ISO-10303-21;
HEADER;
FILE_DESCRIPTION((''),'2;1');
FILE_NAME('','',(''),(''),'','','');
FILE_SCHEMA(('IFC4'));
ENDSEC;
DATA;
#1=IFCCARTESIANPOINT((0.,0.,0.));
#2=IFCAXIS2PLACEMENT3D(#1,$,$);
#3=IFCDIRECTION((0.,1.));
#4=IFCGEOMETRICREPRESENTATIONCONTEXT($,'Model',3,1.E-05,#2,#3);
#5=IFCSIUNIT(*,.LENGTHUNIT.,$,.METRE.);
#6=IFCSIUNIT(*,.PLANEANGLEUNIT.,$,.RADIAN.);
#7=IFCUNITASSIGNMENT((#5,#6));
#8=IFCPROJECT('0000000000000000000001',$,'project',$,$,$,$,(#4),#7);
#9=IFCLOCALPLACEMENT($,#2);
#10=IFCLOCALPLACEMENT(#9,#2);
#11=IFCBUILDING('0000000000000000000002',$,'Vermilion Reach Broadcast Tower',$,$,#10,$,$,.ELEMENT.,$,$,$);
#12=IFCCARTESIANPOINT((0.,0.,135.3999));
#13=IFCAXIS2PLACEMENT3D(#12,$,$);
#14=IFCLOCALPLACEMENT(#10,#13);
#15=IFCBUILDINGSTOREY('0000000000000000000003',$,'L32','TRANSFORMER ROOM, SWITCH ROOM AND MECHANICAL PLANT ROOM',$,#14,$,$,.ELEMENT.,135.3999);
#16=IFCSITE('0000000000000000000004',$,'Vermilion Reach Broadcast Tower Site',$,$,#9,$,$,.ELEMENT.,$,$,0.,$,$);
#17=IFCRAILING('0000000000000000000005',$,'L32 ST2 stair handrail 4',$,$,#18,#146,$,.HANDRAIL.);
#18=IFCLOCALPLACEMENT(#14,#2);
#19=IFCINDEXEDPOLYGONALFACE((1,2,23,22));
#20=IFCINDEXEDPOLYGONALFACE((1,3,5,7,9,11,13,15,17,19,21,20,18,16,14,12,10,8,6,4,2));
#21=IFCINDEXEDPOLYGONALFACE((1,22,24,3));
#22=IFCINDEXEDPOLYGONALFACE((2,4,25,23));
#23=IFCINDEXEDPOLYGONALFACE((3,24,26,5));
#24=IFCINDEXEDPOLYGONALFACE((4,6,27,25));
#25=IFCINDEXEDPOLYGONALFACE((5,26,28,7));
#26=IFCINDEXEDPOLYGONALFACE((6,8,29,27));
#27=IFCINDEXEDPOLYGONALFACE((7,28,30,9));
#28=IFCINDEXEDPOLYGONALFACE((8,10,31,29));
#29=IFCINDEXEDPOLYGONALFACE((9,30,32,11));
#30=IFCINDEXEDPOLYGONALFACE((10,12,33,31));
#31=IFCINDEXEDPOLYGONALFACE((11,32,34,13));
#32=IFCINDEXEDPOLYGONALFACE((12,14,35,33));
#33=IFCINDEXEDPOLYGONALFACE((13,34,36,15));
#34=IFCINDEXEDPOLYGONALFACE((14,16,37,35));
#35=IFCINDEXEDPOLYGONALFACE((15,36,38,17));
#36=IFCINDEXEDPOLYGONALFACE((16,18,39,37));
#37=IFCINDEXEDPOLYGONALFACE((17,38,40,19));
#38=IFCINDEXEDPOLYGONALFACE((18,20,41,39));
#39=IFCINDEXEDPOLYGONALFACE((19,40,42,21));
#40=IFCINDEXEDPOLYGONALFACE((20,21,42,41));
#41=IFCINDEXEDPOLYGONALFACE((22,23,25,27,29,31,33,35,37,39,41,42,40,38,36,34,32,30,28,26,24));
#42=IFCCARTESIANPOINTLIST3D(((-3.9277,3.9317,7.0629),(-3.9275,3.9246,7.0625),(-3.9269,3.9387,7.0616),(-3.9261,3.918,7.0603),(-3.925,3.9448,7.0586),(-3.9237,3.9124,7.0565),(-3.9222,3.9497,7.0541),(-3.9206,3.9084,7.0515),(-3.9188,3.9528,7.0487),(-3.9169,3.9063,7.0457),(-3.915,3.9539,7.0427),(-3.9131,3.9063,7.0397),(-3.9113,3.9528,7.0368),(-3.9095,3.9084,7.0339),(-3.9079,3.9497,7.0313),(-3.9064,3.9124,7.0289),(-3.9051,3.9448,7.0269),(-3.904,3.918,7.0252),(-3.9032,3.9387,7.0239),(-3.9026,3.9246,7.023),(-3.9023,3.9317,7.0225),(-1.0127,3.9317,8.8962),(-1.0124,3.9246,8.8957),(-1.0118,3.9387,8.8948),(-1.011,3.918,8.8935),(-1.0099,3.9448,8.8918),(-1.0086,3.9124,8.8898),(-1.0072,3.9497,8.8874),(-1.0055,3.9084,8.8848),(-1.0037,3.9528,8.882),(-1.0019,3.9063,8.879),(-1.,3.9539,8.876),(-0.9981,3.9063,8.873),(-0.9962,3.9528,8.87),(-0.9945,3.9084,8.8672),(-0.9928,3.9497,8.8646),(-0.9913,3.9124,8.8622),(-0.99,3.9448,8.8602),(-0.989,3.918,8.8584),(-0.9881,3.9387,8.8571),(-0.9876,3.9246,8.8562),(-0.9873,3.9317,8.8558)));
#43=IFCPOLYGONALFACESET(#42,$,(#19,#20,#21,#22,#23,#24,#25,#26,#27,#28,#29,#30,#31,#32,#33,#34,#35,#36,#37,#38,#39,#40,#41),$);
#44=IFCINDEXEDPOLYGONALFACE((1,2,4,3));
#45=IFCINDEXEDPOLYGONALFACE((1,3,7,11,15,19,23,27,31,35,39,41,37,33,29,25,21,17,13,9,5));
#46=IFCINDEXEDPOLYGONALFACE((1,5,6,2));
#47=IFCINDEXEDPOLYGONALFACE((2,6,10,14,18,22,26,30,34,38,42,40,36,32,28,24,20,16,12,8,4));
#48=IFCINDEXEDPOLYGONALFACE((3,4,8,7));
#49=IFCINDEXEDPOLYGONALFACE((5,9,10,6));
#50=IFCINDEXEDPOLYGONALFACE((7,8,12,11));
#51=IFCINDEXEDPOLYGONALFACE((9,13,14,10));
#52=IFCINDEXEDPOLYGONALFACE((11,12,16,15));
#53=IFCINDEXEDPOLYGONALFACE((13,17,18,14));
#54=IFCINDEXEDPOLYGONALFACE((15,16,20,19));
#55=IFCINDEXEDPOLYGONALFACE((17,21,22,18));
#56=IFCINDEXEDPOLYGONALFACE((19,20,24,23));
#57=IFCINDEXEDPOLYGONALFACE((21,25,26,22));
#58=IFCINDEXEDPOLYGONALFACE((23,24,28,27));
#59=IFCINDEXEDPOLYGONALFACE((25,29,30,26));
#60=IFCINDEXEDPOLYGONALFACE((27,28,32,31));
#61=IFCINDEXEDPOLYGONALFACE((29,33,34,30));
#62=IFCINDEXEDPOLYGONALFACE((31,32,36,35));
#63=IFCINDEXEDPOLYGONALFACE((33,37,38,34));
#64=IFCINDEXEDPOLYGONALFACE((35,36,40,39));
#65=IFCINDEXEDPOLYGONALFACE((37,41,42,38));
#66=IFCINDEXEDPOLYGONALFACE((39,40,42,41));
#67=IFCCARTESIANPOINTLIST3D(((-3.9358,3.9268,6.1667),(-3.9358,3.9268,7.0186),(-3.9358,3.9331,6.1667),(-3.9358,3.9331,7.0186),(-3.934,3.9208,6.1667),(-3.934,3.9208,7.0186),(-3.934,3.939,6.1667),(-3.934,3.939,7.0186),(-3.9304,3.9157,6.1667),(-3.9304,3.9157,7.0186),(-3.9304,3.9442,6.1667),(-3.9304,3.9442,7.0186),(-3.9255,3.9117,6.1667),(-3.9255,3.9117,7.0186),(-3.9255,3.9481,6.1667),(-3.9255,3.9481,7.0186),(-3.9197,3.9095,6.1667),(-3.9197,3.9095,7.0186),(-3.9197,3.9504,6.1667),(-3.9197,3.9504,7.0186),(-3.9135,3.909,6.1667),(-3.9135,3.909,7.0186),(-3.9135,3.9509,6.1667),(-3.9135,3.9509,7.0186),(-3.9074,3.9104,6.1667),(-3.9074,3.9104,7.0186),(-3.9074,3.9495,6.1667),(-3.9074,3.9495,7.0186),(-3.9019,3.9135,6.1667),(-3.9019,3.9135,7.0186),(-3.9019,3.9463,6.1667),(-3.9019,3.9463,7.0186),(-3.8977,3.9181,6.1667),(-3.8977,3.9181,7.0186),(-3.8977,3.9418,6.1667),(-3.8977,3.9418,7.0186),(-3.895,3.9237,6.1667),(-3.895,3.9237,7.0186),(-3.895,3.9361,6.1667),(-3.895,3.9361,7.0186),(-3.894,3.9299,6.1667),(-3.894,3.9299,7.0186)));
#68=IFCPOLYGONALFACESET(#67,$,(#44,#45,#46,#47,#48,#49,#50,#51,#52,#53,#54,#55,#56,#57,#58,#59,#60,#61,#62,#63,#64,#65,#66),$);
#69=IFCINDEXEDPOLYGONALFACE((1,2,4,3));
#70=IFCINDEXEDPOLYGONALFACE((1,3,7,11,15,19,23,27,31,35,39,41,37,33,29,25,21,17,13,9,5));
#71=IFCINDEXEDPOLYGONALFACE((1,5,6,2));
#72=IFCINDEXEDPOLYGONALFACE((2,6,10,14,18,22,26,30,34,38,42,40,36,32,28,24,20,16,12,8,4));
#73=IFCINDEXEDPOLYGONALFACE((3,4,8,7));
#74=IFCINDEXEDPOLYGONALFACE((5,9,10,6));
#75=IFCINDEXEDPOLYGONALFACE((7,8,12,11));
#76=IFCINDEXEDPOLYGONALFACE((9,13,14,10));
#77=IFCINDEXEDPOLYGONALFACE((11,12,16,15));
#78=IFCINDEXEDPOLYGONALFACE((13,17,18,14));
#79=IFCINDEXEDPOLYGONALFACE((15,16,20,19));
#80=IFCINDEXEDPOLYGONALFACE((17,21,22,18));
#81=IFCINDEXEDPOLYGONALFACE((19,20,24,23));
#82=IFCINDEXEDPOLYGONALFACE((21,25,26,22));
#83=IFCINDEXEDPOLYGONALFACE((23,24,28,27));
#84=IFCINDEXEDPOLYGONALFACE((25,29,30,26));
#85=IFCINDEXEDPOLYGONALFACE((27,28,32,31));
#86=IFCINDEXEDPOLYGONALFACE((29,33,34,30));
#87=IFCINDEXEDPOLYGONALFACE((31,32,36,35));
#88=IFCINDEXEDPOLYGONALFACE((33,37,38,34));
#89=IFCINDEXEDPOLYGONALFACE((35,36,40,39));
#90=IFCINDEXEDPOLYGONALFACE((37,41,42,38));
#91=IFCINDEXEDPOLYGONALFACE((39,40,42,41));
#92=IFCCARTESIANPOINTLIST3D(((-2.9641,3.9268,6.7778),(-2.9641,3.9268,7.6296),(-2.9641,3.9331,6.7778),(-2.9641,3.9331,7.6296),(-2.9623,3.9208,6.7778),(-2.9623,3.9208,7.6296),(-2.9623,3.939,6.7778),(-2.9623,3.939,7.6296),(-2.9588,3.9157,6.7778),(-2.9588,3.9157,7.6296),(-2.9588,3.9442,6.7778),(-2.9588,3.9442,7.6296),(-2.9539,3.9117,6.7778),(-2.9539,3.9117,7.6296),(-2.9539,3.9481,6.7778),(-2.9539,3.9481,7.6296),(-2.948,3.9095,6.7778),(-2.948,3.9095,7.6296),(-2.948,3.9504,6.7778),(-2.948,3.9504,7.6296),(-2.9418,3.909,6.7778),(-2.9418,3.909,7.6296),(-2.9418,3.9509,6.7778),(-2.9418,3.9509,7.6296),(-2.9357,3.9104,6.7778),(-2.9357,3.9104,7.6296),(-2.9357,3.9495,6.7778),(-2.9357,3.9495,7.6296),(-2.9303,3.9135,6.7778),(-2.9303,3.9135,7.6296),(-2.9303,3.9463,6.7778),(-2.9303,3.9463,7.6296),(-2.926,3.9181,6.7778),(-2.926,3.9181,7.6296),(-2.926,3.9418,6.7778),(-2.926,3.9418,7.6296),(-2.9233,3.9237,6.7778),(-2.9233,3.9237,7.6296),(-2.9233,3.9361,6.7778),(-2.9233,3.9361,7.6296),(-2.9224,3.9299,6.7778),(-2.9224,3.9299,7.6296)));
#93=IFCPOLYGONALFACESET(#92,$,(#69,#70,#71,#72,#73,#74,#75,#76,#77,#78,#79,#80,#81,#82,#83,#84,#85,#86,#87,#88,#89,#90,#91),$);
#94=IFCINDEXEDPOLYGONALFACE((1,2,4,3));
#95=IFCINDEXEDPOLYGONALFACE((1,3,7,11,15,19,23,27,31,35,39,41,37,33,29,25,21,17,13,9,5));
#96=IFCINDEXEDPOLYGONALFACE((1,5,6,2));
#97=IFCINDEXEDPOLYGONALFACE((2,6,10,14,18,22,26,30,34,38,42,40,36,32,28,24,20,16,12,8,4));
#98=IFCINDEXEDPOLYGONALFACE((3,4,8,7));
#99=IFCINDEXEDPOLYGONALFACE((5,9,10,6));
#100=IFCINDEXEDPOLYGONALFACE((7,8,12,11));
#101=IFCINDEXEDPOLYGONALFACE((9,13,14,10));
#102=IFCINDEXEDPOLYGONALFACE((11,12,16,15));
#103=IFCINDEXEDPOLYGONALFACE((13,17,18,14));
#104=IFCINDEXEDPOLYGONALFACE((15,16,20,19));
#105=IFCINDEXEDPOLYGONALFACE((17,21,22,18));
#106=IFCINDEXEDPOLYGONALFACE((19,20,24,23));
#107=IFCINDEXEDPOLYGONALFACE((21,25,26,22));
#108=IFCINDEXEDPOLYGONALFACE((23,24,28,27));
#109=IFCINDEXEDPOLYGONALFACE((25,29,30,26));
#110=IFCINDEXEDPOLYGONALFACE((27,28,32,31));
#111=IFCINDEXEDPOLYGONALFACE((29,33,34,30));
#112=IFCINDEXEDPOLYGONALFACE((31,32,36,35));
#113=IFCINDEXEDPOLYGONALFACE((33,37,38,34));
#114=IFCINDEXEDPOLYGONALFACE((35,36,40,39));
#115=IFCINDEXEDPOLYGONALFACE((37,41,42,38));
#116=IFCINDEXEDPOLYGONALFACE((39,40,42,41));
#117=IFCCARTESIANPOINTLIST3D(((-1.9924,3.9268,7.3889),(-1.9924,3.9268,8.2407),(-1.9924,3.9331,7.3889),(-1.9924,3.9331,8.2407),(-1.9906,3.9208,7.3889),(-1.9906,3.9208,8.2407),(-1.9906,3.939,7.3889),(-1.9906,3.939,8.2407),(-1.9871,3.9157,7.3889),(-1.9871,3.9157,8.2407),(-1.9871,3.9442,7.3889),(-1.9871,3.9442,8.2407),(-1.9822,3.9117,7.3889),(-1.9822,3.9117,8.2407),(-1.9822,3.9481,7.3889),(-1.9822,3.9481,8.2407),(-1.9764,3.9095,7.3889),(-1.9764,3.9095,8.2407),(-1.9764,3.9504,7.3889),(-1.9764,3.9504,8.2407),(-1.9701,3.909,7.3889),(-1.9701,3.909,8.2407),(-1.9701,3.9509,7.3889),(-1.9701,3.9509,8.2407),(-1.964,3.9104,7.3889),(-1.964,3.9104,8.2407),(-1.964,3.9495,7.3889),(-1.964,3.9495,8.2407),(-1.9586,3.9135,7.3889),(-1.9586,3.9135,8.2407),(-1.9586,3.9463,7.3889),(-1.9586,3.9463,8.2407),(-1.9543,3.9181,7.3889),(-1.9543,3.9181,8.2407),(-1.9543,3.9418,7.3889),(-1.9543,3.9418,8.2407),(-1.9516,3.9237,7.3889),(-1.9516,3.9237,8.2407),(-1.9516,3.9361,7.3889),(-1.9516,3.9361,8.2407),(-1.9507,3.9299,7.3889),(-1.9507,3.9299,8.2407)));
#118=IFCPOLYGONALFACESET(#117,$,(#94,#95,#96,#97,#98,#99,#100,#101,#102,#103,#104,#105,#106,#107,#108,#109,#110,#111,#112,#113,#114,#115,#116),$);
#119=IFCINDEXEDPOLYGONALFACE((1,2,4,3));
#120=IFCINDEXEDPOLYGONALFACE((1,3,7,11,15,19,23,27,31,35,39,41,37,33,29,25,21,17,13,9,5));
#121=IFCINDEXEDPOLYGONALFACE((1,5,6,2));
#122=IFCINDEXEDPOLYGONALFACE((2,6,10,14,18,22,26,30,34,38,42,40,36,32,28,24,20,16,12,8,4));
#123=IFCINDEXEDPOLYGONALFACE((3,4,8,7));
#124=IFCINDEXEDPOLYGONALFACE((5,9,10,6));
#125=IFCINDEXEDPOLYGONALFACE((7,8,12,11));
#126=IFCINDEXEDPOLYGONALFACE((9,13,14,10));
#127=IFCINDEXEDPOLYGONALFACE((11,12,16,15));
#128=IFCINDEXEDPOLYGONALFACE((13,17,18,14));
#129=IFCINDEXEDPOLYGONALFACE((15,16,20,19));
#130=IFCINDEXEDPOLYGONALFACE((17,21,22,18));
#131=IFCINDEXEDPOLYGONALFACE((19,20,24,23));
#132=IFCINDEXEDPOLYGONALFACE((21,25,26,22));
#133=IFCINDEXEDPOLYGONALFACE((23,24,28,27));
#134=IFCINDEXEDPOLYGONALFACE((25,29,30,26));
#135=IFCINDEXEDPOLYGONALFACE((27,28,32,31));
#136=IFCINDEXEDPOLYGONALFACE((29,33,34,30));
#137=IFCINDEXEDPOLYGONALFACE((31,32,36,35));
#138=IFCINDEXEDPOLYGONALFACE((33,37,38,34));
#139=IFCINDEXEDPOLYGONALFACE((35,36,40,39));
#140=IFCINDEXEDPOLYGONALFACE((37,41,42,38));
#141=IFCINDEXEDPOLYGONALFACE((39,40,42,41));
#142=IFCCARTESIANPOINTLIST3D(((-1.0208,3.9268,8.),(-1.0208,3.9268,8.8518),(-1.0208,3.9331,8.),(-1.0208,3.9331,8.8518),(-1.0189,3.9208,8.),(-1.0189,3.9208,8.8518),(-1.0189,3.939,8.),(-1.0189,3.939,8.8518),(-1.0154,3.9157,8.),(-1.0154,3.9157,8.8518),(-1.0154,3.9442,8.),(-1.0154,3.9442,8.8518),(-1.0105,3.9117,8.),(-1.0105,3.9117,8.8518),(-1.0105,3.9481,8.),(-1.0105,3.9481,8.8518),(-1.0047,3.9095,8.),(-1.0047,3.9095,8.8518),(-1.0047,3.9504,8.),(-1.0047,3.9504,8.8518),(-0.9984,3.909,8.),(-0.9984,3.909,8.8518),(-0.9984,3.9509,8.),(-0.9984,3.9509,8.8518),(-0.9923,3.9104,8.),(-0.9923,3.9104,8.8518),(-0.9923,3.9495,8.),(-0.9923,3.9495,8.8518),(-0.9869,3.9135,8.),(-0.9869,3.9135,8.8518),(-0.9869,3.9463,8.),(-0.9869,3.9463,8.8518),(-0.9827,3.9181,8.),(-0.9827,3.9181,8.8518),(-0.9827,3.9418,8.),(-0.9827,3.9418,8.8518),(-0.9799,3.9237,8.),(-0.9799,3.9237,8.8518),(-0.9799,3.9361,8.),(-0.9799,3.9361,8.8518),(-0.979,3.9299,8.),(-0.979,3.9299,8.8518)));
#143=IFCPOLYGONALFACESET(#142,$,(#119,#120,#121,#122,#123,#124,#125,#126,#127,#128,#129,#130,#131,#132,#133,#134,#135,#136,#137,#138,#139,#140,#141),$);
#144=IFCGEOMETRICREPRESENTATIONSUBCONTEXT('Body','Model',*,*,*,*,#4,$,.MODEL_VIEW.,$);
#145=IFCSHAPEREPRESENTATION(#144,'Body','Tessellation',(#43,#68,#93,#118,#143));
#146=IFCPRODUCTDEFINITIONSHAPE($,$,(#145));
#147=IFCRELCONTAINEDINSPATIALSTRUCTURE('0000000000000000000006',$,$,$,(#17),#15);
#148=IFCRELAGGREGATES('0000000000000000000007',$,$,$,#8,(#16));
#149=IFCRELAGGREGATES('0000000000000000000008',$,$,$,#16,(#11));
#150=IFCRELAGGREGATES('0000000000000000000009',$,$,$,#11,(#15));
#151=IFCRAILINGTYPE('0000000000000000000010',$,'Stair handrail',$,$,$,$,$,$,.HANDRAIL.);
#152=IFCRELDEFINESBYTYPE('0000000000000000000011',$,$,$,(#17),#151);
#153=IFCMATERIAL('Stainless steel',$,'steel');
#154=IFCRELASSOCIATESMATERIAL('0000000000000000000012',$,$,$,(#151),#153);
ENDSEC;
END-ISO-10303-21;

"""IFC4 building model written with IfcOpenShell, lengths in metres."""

from ifc_helpers import new_model, si_unit, direction, frame, origin, origin_2d, place, context, subcontext, project, spatial, circle, extrude, material, type_object, element, save


model = new_model("IFC4")

# Units and contexts
model_context = context("Model", 3, precision=1e-05, world=origin(), true_north=direction((0.0, 1.0)))
body_context = subcontext(model_context, "Body", "Model", "MODEL_VIEW")
ifc_project = project(units=[si_unit("LENGTHUNIT", "METRE"), si_unit("PLANEANGLEUNIT", "RADIAN")], contexts=[model_context])

# Site, building, storey
site_placement = place(None, origin())
site = spatial("IfcSite", under=ifc_project, at=site_placement, Name="Vermilion Reach Broadcast Tower Site", CompositionType="ELEMENT", RefElevation=0.0)
building_placement = place(site_placement, origin())
building = spatial("IfcBuilding", under=site, at=building_placement, Name="Vermilion Reach Broadcast Tower", CompositionType="ELEMENT")
storey_placement = place(building_placement, frame((0.0, 0.0, 135.3999)))
storey = spatial("IfcBuildingStorey", under=building, at=storey_placement, Name="L32", Description="TRANSFORMER ROOM, SWITCH ROOM AND MECHANICAL PLANT ROOM", CompositionType="ELEMENT", Elevation=135.3999)

# Railing
ifc_material_1 = material(Name="Stainless steel", Category="steel")
railing_type_1 = type_object("IfcRailingType", Name="Stair handrail", PredefinedType="HANDRAIL", material=ifc_material_1)
railing_1_placement = place(storey_placement, frame((-3.915, 3.9299, 6.1667)))
element("IfcRailing", 1, at=railing_1_placement, inside=storey, type_object=railing_type_1, Name="L32 ST2 stair handrail 4", PredefinedType="HANDRAIL", context=body_context, shape_type="SweptSolid", body=[
    extrude(circle(Radius=0.0239, at=origin_2d()), frame((0.0, 0.0, 0.876), z_axis=(0.846513, 0.0, 0.532368), x_axis=(0.0, 1.0, 0.0)), (0.0, 0.0, 1.0), 3.4436),
    extrude(circle(Radius=0.021, at=origin_2d()), origin(), (0.0, 0.0, 1.0), 0.8518),
    extrude(circle(Radius=0.021, at=origin_2d()), frame((0.9717, 0.0, 0.6111)), (0.0, 0.0, 1.0), 0.8518),
    extrude(circle(Radius=0.021, at=origin_2d()), frame((1.9434, 0.0, 1.2222)), (0.0, 0.0, 1.0), 0.8518),
    extrude(circle(Radius=0.021, at=origin_2d()), frame((2.915, 0.0, 1.8333)), (0.0, 0.0, 1.0), 0.8518),
])

save(model, "model.ifc")
